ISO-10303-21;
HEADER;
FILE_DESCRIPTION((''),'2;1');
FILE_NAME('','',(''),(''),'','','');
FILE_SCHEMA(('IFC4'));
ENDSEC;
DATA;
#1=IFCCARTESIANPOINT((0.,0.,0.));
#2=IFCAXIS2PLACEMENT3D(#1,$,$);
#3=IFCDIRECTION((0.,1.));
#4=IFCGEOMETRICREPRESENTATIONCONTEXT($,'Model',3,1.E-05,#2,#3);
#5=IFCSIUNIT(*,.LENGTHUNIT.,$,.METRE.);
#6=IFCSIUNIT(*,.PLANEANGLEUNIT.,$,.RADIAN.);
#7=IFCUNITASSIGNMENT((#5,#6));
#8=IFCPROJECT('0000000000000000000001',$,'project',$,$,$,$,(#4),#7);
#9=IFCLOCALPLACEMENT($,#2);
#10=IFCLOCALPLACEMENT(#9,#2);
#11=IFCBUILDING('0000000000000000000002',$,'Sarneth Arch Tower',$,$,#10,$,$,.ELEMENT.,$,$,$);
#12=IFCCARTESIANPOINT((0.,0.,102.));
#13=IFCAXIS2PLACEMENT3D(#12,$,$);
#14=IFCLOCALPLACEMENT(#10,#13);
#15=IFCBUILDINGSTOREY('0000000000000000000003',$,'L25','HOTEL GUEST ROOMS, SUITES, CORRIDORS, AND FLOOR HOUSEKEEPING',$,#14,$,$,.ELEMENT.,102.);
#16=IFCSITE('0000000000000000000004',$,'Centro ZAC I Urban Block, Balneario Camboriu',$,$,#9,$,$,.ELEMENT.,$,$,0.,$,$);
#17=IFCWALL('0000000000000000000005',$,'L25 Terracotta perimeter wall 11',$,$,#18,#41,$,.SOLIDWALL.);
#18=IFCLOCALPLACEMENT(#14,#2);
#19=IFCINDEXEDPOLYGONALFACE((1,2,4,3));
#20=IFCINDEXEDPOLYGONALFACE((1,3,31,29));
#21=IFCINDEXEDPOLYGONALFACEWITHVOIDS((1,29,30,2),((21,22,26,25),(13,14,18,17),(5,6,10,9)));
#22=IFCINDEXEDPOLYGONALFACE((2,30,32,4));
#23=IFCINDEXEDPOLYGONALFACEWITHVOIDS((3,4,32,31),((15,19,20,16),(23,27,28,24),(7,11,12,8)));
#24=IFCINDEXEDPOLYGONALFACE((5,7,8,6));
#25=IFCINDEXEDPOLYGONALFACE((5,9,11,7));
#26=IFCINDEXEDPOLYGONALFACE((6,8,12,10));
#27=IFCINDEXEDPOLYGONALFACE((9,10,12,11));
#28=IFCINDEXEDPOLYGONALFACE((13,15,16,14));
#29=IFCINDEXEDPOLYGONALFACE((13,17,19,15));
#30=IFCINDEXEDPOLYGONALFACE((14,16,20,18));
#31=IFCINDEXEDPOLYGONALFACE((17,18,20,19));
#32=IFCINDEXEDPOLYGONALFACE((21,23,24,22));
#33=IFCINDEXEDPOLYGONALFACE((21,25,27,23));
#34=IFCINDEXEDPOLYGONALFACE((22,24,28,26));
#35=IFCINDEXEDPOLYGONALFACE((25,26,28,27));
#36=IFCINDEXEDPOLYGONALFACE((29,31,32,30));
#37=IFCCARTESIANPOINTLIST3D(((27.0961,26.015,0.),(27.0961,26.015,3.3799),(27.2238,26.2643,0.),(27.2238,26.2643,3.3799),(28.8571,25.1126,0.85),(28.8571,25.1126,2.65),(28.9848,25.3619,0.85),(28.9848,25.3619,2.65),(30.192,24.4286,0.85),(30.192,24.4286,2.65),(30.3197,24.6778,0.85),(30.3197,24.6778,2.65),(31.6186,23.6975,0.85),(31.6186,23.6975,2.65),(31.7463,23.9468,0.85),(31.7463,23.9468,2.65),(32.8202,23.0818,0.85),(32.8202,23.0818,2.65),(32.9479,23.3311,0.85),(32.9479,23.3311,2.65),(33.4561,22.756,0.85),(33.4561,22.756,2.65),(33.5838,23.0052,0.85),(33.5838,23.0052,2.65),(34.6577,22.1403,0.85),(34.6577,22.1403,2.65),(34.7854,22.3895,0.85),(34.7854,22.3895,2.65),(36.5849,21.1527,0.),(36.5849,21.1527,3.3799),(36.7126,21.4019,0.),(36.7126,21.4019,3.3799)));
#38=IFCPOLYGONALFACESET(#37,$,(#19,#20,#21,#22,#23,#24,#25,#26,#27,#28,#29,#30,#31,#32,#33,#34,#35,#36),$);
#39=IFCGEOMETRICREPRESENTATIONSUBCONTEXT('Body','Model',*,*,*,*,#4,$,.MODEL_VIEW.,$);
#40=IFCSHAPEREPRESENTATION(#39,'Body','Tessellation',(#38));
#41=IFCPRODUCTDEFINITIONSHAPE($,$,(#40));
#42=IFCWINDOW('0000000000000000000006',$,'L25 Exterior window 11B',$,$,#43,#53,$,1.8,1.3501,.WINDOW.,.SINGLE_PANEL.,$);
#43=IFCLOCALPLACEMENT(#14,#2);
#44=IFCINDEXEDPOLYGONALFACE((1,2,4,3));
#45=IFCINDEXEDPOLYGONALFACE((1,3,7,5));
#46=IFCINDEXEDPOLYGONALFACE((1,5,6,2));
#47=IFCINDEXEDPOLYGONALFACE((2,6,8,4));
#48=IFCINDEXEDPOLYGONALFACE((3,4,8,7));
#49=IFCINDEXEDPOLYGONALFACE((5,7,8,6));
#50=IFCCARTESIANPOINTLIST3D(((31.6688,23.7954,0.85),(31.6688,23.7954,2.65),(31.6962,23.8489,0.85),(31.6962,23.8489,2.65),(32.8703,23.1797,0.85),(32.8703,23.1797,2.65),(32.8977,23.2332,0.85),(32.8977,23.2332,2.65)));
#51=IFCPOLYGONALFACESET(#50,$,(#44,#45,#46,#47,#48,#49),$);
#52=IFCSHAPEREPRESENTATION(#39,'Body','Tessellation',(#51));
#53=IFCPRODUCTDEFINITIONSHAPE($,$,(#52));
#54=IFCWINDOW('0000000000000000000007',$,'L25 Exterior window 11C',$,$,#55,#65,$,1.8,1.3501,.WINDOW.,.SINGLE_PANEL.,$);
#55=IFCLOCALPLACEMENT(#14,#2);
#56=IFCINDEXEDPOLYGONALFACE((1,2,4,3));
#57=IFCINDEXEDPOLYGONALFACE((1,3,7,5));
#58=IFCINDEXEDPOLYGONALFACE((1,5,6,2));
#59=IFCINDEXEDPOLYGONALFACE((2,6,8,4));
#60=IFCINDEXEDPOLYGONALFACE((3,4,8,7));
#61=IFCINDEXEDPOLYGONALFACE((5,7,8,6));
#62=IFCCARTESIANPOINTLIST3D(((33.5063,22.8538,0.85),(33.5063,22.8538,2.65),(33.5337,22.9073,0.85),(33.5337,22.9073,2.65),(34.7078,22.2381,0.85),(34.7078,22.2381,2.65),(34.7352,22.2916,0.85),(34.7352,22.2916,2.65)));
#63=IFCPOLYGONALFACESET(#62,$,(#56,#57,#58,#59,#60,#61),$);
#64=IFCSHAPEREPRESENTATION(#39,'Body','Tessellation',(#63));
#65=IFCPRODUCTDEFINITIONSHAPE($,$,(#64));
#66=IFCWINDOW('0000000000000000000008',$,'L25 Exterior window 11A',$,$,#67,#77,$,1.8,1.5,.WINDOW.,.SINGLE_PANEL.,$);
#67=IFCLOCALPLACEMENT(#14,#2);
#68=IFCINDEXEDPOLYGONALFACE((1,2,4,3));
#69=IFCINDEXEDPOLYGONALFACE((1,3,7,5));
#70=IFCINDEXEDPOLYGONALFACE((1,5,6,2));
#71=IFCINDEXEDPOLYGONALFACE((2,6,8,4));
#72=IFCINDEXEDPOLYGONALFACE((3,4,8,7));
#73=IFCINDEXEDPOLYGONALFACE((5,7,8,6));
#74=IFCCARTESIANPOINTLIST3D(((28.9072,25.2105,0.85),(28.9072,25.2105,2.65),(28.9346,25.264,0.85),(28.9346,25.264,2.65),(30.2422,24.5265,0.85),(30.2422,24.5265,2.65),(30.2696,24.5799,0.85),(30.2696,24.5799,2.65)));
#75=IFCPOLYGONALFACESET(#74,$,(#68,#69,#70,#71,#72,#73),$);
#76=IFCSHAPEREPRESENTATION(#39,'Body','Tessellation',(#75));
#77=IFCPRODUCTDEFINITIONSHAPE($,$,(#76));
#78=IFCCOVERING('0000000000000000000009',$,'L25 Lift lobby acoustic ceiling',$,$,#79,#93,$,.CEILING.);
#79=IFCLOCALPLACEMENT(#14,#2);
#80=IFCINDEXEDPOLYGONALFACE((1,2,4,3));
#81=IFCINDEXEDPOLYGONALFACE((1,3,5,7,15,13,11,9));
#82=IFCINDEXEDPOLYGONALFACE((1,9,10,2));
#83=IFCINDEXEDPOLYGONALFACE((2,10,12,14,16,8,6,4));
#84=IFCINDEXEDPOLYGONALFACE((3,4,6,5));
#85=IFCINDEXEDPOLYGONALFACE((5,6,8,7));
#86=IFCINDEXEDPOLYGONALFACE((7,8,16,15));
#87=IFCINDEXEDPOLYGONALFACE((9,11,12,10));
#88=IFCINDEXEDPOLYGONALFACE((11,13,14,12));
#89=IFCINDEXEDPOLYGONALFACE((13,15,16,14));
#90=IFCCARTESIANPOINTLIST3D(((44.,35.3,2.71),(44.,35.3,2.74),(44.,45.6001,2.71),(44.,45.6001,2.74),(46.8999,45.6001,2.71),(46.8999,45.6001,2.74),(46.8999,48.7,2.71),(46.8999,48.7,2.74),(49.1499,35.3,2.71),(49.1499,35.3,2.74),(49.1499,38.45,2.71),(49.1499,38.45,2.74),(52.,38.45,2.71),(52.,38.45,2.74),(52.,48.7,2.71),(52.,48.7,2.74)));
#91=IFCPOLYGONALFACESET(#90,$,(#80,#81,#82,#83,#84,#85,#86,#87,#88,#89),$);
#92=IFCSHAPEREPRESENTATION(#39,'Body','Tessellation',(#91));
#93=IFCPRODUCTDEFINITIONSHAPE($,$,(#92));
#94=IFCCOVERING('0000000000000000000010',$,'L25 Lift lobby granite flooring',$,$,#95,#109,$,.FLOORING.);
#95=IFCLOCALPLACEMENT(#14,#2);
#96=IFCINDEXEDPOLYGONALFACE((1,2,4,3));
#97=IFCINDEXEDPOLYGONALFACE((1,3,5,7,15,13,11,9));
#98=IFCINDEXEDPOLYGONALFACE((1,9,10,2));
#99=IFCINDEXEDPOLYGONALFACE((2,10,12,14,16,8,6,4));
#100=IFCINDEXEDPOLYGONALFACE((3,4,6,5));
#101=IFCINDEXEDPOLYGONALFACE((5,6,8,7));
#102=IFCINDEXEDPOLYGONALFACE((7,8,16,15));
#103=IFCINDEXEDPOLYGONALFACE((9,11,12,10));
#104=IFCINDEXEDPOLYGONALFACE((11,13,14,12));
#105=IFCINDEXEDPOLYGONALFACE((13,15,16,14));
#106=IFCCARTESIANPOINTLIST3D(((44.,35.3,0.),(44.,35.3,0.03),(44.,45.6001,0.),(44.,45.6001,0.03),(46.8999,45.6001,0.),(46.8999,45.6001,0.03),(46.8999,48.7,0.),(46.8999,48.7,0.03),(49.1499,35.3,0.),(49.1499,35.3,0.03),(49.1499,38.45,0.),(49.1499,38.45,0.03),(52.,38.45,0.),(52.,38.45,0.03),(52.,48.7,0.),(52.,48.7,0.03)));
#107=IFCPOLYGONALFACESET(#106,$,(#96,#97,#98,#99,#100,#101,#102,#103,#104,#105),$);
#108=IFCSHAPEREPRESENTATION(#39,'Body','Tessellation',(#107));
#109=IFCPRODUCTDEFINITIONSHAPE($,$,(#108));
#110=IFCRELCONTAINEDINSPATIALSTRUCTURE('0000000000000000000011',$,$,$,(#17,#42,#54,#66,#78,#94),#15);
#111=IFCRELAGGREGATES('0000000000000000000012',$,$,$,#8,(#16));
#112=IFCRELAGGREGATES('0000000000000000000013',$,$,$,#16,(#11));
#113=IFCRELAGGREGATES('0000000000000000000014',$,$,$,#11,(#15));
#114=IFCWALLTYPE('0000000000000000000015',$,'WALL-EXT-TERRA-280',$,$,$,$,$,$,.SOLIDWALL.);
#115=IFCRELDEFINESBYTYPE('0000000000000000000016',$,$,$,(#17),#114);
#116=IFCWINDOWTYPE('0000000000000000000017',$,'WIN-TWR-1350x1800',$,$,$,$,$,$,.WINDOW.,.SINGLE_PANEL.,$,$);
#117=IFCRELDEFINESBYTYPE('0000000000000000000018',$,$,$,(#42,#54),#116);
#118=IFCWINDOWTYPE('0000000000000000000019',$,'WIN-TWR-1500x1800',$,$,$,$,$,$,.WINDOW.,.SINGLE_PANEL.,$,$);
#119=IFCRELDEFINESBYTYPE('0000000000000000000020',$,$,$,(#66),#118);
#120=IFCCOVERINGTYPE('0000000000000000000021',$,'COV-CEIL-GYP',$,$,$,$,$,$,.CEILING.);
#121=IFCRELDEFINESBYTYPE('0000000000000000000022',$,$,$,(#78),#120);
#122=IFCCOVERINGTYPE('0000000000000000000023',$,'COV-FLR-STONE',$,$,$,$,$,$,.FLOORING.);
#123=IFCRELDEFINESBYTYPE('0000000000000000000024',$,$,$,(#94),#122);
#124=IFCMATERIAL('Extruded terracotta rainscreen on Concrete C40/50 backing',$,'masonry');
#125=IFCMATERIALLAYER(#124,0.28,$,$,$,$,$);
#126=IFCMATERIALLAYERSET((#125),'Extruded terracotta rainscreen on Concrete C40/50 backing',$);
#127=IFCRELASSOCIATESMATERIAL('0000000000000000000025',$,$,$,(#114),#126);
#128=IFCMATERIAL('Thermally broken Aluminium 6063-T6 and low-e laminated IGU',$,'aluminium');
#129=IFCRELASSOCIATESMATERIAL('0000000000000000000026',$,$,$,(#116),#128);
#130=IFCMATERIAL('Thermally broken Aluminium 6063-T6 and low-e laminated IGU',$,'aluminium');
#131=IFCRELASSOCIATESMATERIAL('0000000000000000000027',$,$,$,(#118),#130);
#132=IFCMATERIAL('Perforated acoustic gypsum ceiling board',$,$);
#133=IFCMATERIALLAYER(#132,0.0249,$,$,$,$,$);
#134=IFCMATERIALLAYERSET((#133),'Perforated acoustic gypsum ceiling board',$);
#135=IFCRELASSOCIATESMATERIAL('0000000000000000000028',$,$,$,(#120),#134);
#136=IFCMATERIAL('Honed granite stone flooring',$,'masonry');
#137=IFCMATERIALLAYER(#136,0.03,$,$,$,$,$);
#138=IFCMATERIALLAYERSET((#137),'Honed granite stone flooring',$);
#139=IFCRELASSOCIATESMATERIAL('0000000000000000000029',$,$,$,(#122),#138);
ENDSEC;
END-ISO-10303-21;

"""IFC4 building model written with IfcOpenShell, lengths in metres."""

from ifc_helpers import new_model, si_unit, direction, frame, frame_2d, origin, place, context, subcontext, project, spatial, polyline, rectangle, outline, extrude, material, layer, layer_set, type_object, element, fill, save


model = new_model("IFC4")

# Units and contexts
model_context = context("Model", 3, precision=1e-05, world=origin(), true_north=direction((0.0, 1.0)))
body_context = subcontext(model_context, "Body", "Model", "MODEL_VIEW")
ifc_project = project(units=[si_unit("LENGTHUNIT", "METRE"), si_unit("PLANEANGLEUNIT", "RADIAN")], contexts=[model_context])

# Site, building, storey
site_placement = place(None, origin())
site = spatial("IfcSite", under=ifc_project, at=site_placement, Name="Centro ZAC I Urban Block, Balneario Camboriu", CompositionType="ELEMENT", RefElevation=0.0)
building_placement = place(site_placement, origin())
building = spatial("IfcBuilding", under=site, at=building_placement, Name="Sarneth Arch Tower", CompositionType="ELEMENT")
storey_placement = place(building_placement, frame((0.0, 0.0, 102.0)))
storey = spatial("IfcBuildingStorey", under=building, at=storey_placement, Name="L25", Description="HOTEL GUEST ROOMS, SUITES, CORRIDORS, AND FLOOR HOUSEKEEPING", CompositionType="ELEMENT", Elevation=102.0)

# Wall, openings, windows
ifc_material_1 = material(Name="Extruded terracotta rainscreen on Concrete C40/50 backing", Category="masonry")
ifc_layer_1 = layer(ifc_material_1, 0.28)
ifc_layer_set_1 = layer_set([ifc_layer_1], Name="Extruded terracotta rainscreen on Concrete C40/50 backing")
wall_type = type_object("IfcWallType", Name="WALL-EXT-TERRA-280", PredefinedType="SOLIDWALL", material=ifc_layer_set_1)
wall_placement = place(storey_placement, frame((27.1599, 26.1396, 0.0), z_axis=(0.0, 0.0, 1.0), x_axis=(0.88996, -0.45604, 0.0)))
wall = element("IfcWall", 1, at=wall_placement, inside=storey, type_object=wall_type, Name="L25 Terracotta perimeter wall 11", PredefinedType="SOLIDWALL", context=body_context, shape_type="SweptSolid", body=[
    extrude(rectangle(XDim=10.6621, YDim=0.28, at=frame_2d((5.3311, 0.0))), origin(), (0.0, 0.0, 1.0), 3.3799),
])
opening_1_placement = place(wall_placement, frame((1.9788, 0.0, 0.8501)))
opening_1 = element("IfcOpeningElement", 2, at=opening_1_placement, cuts=wall, PredefinedType="OPENING", context=body_context, shape_type="SweptSolid", body=[
    extrude(rectangle(XDim=1.5, YDim=1.8, at=frame_2d((0.75, 0.8999))), frame((0.0, 0.1499, 0.0), z_axis=(0.0, -1.0, 0.0), x_axis=(1.0, 0.0, 0.0)), (0.0, 0.0, 1.0), 0.3),
])
opening_2_placement = place(wall_placement, frame((5.0818, 0.0, 0.8501)))
opening_2 = element("IfcOpeningElement", 3, at=opening_2_placement, cuts=wall, PredefinedType="OPENING", context=body_context, shape_type="SweptSolid", body=[
    extrude(rectangle(XDim=1.3501, YDim=1.8, at=frame_2d((0.675, 0.8999))), frame((0.0, 0.1499, 0.0), z_axis=(0.0, -1.0, 0.0), x_axis=(1.0, 0.0, 0.0)), (0.0, 0.0, 1.0), 0.3),
])
opening_3_placement = place(wall_placement, frame((7.1465, 0.0, 0.8501)))
opening_3 = element("IfcOpeningElement", 4, at=opening_3_placement, cuts=wall, PredefinedType="OPENING", context=body_context, shape_type="SweptSolid", body=[
    extrude(rectangle(XDim=1.3501, YDim=1.8, at=frame_2d((0.675, 0.8999))), frame((0.0, 0.1499, 0.0), z_axis=(0.0, -1.0, 0.0), x_axis=(1.0, 0.0, 0.0)), (0.0, 0.0, 1.0), 0.3),
])
ifc_material_2 = material(Name="Thermally broken Aluminium 6063-T6 and low-e laminated IGU", Category="aluminium")
window_type_1 = type_object("IfcWindowType", Name="WIN-TWR-1350x1800", PartitioningType="SINGLE_PANEL", PredefinedType="WINDOW", material=ifc_material_2)
window_1_placement = place(opening_2_placement, origin())
window_1 = element("IfcWindow", 5, at=window_1_placement, inside=storey, type_object=window_type_1, Name="L25 Exterior window 11B", OverallHeight=1.8, OverallWidth=1.3501, PartitioningType="SINGLE_PANEL", PredefinedType="WINDOW", context=body_context, shape_type="SweptSolid", body=[
    extrude(rectangle(XDim=1.3501, YDim=1.8, at=frame_2d((0.675, 0.8999))), frame((0.0, 0.03, 0.0), z_axis=(0.0, -1.0, 0.0), x_axis=(1.0, 0.0, 0.0)), (0.0, 0.0, 1.0), 0.0601),
])
fill(opening_2, window_1)
window_2_placement = place(opening_3_placement, origin())
window_2 = element("IfcWindow", 6, at=window_2_placement, inside=storey, type_object=window_type_1, Name="L25 Exterior window 11C", OverallHeight=1.8, OverallWidth=1.3501, PartitioningType="SINGLE_PANEL", PredefinedType="WINDOW", context=body_context, shape_type="SweptSolid", body=[
    extrude(rectangle(XDim=1.3501, YDim=1.8, at=frame_2d((0.675, 0.8999))), frame((0.0, 0.03, 0.0), z_axis=(0.0, -1.0, 0.0), x_axis=(1.0, 0.0, 0.0)), (0.0, 0.0, 1.0), 0.0601),
])
fill(opening_3, window_2)
ifc_material_3 = material(Name="Thermally broken Aluminium 6063-T6 and low-e laminated IGU", Category="aluminium")
window_type_2 = type_object("IfcWindowType", Name="WIN-TWR-1500x1800", PartitioningType="SINGLE_PANEL", PredefinedType="WINDOW", material=ifc_material_3)
window_3_placement = place(opening_1_placement, origin())
window_3 = element("IfcWindow", 7, at=window_3_placement, inside=storey, type_object=window_type_2, Name="L25 Exterior window 11A", OverallHeight=1.8, OverallWidth=1.5, PartitioningType="SINGLE_PANEL", PredefinedType="WINDOW", context=body_context, shape_type="SweptSolid", body=[
    extrude(rectangle(XDim=1.5, YDim=1.8, at=frame_2d((0.75, 0.8999))), frame((0.0, 0.03, 0.0), z_axis=(0.0, -1.0, 0.0), x_axis=(1.0, 0.0, 0.0)), (0.0, 0.0, 1.0), 0.0601),
])
fill(opening_1, window_3)

# Coverings
ifc_material_4 = material(Name="Perforated acoustic gypsum ceiling board")
ifc_layer_2 = layer(ifc_material_4, 0.0249)
ifc_layer_set_2 = layer_set([ifc_layer_2], Name="Perforated acoustic gypsum ceiling board")
covering_type_1 = type_object("IfcCoveringType", Name="COV-CEIL-GYP", PredefinedType="CEILING", material=ifc_layer_set_2)
covering_1_placement = place(storey_placement, frame((0.0, 0.0, 2.71)))
element("IfcCovering", 8, at=covering_1_placement, inside=storey, type_object=covering_type_1, Name="L25 Lift lobby acoustic ceiling", PredefinedType="CEILING", context=body_context, shape_type="SweptSolid", body=[
    extrude(outline(polyline([(49.1499, 38.45), (49.1499, 35.3), (44.0, 35.3), (44.0, 45.6001), (46.8999, 45.6001), (46.8999, 48.7), (52.0, 48.7), (52.0, 38.45), (49.1499, 38.45)])), origin(), (0.0, 0.0, 1.0), 0.03),
])
ifc_material_5 = material(Name="Honed granite stone flooring", Category="masonry")
ifc_layer_3 = layer(ifc_material_5, 0.03)
ifc_layer_set_3 = layer_set([ifc_layer_3], Name="Honed granite stone flooring")
covering_type_2 = type_object("IfcCoveringType", Name="COV-FLR-STONE", PredefinedType="FLOORING", material=ifc_layer_set_3)
covering_2_placement = place(storey_placement, origin())
element("IfcCovering", 9, at=covering_2_placement, inside=storey, type_object=covering_type_2, Name="L25 Lift lobby granite flooring", PredefinedType="FLOORING", context=body_context, shape_type="SweptSolid", body=[
    extrude(outline(polyline([(49.1499, 38.45), (49.1499, 35.3), (44.0, 35.3), (44.0, 45.6001), (46.8999, 45.6001), (46.8999, 48.7), (52.0, 48.7), (52.0, 38.45), (49.1499, 38.45)])), origin(), (0.0, 0.0, 1.0), 0.03),
])

save(model, "model.ifc")
